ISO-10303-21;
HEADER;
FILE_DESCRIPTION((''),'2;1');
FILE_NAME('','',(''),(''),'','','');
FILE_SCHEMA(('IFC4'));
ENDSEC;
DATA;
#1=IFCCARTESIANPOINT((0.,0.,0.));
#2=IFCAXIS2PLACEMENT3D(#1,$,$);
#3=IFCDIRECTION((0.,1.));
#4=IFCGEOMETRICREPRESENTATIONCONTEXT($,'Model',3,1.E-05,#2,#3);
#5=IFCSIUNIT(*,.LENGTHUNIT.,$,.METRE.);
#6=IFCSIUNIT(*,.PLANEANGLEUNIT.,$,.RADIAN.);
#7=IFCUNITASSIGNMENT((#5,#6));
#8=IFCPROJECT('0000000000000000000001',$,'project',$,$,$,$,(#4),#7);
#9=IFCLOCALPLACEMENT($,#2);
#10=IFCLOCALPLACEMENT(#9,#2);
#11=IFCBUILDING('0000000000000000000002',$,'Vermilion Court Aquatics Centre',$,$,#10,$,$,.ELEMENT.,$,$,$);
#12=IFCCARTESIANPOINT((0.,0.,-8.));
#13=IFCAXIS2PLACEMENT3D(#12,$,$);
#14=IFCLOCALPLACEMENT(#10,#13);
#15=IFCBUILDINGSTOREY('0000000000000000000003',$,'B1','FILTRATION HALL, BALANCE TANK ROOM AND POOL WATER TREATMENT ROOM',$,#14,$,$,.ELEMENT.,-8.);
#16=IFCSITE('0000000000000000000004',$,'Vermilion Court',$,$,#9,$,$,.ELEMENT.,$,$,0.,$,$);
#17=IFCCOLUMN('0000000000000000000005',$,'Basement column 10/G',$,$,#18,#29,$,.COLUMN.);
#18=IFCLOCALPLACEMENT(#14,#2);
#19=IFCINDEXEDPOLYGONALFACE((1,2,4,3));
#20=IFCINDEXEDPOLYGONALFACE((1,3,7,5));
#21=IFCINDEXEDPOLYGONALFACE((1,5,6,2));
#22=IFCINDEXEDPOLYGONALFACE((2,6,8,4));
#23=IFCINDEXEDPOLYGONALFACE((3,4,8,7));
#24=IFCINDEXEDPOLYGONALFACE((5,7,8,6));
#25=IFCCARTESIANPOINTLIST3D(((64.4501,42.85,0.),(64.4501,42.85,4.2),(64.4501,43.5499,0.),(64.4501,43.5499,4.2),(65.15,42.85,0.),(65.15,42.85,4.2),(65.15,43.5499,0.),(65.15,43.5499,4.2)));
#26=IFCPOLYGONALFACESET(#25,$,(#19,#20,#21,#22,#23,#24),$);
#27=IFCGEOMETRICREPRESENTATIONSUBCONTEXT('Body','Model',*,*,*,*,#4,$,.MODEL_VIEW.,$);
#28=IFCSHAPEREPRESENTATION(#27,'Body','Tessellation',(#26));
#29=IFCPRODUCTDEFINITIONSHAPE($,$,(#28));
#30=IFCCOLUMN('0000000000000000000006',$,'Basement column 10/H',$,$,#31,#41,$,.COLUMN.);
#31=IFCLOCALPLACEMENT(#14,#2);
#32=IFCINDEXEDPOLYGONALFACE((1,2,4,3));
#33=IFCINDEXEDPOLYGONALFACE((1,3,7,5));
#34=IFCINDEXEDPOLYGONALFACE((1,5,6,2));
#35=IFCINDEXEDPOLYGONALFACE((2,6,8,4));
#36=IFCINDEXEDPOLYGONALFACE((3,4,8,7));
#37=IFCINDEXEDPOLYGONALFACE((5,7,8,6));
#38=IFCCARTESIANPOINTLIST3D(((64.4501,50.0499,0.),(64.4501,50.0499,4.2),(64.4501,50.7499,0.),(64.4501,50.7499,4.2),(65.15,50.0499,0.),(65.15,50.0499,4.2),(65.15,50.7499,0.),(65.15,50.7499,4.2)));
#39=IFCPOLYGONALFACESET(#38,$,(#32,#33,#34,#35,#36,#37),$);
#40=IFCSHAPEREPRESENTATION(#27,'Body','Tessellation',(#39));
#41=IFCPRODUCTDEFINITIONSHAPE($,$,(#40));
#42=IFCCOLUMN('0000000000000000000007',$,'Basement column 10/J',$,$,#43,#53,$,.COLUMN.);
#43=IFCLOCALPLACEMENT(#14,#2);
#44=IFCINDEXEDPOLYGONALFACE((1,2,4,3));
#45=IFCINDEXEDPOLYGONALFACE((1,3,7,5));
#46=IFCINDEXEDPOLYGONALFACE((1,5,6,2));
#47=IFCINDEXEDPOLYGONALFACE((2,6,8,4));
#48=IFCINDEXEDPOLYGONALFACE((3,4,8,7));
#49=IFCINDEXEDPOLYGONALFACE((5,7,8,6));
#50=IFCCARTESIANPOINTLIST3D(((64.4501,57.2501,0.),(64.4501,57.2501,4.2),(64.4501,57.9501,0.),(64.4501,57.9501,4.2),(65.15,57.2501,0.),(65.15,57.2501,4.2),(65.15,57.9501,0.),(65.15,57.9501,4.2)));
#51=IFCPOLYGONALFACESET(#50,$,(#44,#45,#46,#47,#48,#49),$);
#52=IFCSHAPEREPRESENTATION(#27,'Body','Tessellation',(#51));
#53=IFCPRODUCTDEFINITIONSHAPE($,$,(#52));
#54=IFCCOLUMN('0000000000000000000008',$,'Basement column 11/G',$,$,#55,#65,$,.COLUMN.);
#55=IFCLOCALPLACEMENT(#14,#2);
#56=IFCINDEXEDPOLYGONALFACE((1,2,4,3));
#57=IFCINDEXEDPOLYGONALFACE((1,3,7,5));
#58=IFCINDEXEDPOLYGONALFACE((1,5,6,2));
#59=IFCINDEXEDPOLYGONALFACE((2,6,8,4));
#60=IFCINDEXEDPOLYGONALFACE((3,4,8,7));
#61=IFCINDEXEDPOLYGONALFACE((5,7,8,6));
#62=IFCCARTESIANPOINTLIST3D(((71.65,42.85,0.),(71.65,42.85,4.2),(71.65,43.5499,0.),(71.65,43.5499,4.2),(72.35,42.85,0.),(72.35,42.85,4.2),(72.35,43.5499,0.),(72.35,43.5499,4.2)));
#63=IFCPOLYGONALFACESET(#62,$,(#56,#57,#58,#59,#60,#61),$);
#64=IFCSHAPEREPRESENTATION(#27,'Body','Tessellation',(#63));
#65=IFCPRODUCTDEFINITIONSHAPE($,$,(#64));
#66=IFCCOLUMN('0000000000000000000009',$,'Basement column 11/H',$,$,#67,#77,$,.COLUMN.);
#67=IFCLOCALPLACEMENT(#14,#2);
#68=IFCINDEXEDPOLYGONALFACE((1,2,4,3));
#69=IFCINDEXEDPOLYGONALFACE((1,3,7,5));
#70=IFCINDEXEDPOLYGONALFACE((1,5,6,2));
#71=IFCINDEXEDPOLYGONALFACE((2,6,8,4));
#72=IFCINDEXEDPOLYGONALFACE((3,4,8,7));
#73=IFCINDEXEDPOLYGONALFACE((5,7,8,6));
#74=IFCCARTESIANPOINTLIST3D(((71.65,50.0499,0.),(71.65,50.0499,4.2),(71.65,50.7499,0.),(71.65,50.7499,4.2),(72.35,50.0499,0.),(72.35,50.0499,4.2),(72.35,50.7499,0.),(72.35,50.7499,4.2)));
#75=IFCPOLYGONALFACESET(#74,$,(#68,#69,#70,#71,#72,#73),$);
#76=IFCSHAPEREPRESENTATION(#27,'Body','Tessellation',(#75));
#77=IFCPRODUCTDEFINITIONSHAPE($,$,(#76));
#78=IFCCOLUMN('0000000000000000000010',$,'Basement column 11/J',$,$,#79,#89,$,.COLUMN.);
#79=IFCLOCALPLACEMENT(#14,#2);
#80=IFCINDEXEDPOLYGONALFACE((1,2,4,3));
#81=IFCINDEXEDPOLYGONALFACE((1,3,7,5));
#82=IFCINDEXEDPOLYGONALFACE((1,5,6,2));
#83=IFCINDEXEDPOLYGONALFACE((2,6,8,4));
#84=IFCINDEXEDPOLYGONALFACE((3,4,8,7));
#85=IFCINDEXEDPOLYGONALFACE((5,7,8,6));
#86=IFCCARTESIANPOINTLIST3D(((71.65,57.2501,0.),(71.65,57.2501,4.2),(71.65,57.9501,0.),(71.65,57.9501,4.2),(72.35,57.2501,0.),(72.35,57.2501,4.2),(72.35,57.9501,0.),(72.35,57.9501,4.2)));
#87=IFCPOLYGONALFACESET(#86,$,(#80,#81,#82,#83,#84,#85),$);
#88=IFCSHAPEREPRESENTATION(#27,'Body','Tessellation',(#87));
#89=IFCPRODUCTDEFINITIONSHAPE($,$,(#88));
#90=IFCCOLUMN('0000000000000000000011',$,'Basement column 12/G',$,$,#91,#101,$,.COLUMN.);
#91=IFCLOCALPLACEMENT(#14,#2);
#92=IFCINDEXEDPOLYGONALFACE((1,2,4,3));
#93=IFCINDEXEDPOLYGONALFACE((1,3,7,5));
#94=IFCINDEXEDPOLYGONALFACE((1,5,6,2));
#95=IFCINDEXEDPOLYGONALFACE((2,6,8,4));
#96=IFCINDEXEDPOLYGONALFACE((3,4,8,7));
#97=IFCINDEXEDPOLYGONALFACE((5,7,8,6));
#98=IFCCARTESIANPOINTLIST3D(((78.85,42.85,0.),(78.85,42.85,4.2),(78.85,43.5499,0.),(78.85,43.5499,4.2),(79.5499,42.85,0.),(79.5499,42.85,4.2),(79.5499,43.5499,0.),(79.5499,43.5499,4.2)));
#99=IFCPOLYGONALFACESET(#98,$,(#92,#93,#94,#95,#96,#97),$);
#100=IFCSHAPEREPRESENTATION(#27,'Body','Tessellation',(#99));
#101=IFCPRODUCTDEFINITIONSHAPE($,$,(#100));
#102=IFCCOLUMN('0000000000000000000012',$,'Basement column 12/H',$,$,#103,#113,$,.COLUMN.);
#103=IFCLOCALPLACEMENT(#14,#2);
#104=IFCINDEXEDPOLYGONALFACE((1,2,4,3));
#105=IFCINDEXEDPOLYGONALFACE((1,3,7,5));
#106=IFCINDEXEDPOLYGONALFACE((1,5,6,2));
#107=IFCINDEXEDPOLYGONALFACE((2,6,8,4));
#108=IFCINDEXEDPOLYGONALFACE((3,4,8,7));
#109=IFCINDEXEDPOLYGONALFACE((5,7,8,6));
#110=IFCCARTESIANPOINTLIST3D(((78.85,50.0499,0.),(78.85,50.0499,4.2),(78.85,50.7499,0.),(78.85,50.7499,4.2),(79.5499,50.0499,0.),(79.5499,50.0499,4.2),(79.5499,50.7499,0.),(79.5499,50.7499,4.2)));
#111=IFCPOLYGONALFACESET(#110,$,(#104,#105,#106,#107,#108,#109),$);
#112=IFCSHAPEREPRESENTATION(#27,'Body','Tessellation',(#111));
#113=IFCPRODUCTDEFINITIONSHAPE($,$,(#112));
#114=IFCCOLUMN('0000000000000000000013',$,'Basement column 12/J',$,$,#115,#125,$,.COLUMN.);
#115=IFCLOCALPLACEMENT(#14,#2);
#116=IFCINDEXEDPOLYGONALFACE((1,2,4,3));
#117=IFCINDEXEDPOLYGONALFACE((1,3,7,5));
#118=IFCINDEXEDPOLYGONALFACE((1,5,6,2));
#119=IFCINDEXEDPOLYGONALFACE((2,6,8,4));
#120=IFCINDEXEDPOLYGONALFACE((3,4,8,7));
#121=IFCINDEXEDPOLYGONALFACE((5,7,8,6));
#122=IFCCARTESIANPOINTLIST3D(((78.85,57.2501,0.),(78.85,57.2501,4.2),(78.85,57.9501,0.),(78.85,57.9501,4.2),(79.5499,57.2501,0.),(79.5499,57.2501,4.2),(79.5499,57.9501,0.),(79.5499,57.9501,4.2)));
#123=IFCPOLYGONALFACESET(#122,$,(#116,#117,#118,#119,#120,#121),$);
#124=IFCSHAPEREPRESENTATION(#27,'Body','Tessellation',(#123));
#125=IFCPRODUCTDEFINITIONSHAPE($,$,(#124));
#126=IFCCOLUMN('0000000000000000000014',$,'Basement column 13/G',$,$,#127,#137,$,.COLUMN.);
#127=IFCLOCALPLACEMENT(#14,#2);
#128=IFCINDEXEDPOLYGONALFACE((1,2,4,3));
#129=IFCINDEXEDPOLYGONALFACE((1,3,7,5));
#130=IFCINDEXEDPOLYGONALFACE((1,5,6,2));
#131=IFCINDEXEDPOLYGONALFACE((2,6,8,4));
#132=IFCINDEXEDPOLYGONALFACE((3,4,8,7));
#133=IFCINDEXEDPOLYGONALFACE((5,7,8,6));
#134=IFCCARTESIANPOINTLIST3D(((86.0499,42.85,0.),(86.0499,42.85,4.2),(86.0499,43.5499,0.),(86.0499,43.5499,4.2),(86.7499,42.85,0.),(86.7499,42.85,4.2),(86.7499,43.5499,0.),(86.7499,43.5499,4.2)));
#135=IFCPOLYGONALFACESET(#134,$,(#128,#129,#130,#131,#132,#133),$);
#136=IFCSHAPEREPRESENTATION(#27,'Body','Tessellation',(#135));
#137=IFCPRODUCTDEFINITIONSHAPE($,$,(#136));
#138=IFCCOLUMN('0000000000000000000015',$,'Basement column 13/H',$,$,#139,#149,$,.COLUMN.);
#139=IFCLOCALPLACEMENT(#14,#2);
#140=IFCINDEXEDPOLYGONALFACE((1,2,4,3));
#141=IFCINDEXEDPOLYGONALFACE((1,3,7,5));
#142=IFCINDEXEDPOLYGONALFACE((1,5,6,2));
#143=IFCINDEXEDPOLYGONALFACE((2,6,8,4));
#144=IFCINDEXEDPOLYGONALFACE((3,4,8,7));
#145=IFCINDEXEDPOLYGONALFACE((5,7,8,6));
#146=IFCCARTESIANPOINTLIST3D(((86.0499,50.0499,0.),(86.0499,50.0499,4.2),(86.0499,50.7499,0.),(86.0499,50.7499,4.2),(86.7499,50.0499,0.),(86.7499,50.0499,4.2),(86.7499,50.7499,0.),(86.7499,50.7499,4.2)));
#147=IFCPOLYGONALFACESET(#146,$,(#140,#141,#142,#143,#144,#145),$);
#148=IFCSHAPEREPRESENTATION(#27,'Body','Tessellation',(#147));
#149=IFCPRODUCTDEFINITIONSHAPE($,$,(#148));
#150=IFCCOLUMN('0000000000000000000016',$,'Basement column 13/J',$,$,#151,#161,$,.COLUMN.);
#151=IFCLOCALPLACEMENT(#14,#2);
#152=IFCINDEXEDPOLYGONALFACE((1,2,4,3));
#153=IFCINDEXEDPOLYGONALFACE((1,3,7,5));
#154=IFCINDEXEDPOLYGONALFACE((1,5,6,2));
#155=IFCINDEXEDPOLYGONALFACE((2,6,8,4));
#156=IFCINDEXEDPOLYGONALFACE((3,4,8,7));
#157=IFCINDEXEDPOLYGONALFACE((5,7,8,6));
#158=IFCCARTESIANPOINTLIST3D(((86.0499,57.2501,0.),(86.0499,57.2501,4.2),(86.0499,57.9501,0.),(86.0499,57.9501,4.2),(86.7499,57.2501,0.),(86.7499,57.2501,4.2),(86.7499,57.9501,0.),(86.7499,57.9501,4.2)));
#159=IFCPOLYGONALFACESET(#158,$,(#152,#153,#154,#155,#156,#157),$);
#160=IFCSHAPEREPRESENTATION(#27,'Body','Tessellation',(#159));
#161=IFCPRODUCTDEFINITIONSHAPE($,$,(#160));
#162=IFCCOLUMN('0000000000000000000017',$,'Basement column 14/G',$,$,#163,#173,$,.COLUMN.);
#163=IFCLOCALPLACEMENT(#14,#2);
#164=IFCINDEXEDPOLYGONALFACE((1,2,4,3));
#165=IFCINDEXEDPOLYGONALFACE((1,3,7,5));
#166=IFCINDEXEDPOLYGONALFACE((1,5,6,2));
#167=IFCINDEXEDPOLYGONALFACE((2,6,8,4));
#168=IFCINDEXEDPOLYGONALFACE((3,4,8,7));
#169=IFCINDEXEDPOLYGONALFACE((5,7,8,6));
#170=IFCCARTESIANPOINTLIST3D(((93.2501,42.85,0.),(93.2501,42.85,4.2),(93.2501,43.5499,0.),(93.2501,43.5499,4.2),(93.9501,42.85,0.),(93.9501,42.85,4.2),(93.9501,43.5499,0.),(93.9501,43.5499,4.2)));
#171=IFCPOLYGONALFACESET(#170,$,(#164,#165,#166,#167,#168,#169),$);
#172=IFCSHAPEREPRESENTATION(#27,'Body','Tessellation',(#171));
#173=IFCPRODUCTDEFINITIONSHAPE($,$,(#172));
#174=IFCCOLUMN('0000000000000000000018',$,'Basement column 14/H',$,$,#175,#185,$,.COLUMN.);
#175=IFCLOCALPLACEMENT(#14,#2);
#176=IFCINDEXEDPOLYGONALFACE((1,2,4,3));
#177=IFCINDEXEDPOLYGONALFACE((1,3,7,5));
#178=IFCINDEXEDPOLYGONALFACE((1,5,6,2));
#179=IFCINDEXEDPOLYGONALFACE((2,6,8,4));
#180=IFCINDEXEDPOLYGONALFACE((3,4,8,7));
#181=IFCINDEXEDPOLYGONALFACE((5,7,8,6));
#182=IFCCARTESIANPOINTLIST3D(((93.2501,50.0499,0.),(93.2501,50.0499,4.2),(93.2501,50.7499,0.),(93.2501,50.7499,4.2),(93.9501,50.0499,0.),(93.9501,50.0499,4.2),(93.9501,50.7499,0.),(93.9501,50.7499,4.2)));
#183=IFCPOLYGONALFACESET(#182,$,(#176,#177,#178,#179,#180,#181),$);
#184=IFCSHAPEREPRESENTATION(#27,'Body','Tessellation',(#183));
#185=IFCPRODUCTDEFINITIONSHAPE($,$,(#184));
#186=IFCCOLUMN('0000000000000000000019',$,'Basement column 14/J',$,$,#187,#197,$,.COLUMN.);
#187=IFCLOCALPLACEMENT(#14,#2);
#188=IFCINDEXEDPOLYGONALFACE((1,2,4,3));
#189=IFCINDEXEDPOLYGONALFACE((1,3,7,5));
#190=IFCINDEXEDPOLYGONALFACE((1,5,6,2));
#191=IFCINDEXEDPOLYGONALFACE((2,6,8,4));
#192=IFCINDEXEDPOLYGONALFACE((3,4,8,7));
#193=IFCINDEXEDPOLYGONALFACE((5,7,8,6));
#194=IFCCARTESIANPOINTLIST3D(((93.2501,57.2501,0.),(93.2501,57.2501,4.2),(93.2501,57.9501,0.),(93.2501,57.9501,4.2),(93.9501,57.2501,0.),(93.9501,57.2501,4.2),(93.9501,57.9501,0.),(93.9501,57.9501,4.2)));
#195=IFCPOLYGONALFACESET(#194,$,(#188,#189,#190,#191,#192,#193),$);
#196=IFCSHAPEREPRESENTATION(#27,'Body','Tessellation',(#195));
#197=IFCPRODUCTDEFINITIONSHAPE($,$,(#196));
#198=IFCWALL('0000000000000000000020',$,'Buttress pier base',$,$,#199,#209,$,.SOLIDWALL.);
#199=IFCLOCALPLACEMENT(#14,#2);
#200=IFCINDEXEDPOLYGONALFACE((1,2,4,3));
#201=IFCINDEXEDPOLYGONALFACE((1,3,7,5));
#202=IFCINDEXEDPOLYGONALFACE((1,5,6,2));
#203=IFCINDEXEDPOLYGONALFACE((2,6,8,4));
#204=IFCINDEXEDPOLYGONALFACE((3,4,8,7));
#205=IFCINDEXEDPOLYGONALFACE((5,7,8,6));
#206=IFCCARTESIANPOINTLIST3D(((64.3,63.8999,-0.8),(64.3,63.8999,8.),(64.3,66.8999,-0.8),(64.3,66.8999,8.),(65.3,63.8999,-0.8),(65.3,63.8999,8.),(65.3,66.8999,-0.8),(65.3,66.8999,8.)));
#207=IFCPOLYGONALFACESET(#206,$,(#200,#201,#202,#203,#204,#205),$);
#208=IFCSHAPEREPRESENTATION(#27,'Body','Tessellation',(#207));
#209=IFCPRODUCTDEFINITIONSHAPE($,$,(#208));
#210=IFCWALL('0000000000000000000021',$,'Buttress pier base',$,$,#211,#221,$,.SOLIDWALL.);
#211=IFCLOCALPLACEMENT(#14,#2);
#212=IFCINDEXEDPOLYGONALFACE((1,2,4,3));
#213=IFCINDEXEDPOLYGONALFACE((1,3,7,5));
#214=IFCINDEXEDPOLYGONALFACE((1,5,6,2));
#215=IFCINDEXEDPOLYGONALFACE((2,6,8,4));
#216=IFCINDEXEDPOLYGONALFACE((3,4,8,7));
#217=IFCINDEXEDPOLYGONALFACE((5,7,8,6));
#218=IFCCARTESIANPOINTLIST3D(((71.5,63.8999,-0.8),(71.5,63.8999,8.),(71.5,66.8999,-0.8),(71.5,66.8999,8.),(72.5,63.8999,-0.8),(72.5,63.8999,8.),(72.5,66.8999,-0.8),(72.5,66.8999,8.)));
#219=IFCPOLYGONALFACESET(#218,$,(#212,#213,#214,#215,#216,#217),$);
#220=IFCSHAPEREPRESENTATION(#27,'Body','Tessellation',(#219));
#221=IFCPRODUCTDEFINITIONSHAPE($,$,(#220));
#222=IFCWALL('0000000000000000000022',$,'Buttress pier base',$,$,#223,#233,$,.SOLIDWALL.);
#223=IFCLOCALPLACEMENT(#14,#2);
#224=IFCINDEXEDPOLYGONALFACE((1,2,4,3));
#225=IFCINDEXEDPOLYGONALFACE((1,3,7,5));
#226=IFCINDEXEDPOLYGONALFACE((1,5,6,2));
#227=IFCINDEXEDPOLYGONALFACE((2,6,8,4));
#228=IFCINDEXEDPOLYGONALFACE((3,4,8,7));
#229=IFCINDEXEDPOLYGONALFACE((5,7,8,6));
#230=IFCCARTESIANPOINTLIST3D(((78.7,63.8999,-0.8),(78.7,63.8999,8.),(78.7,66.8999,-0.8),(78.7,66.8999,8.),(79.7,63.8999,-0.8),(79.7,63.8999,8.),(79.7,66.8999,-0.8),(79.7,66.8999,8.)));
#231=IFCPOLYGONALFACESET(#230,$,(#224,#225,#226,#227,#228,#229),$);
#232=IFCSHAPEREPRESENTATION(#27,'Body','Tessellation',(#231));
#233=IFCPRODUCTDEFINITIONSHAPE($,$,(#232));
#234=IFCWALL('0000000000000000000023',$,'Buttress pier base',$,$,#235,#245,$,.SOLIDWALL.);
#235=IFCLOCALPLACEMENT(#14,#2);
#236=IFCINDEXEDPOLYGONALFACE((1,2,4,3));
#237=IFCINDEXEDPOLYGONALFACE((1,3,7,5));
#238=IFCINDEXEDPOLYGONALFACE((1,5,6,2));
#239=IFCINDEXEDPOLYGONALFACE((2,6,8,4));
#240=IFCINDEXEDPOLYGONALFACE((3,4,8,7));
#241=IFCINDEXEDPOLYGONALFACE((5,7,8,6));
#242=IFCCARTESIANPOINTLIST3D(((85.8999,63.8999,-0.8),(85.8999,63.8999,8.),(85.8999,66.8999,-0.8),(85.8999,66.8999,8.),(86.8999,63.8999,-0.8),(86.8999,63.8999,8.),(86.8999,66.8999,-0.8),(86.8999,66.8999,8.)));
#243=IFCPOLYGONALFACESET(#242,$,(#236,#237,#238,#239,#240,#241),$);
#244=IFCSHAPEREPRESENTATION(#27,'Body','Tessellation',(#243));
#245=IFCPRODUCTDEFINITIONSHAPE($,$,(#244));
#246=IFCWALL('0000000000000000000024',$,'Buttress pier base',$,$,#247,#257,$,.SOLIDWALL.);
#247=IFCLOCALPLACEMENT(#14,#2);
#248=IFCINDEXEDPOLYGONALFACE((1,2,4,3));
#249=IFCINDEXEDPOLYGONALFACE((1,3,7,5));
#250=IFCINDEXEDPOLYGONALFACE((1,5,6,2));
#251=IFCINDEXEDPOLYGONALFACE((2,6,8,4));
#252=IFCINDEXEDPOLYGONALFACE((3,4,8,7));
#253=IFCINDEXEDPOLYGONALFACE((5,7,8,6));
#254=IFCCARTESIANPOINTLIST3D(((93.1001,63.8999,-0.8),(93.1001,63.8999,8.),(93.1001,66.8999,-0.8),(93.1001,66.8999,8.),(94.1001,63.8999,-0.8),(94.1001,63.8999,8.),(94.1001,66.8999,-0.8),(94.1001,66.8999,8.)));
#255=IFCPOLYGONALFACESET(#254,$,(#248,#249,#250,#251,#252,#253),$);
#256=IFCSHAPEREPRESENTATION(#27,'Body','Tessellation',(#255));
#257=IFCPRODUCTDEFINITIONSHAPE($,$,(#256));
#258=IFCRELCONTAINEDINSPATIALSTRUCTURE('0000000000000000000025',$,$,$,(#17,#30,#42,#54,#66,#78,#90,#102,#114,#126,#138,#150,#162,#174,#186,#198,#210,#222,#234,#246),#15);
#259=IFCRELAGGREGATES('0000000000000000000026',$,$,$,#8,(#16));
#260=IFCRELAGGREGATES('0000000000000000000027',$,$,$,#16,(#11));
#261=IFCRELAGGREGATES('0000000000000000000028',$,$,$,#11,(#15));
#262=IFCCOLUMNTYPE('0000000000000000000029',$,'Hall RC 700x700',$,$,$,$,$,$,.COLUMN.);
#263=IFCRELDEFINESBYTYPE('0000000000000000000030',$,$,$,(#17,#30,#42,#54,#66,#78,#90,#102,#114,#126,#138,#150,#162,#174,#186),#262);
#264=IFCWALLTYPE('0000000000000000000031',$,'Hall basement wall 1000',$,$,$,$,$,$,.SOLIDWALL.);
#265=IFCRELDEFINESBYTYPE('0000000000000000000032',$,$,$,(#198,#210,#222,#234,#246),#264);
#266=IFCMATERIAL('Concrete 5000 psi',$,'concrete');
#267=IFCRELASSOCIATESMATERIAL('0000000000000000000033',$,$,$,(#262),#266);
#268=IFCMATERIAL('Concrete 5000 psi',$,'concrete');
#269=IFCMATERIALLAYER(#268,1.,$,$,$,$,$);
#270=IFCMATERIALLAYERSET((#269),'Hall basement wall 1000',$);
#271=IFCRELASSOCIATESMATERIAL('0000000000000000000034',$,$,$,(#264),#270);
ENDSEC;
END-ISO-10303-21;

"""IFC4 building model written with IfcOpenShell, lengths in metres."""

from ifc_helpers import new_model, si_unit, direction, frame, frame_2d, origin, origin_2d, place, context, subcontext, project, spatial, rectangle, extrude, material, layer, layer_set, material_profile, profile_set, type_object, element, save


model = new_model("IFC4")

# Units and contexts
model_context = context("Model", 3, precision=1e-05, world=origin(), true_north=direction((0.0, 1.0)))
body_context = subcontext(model_context, "Body", "Model", "MODEL_VIEW")
ifc_project = project(units=[si_unit("LENGTHUNIT", "METRE"), si_unit("PLANEANGLEUNIT", "RADIAN")], contexts=[model_context])

# Site, building, storey
site_placement = place(None, origin())
site = spatial("IfcSite", under=ifc_project, at=site_placement, Name="Vermilion Court", CompositionType="ELEMENT", RefElevation=0.0)
building_placement = place(site_placement, origin())
building = spatial("IfcBuilding", under=site, at=building_placement, Name="Vermilion Court Aquatics Centre", CompositionType="ELEMENT")
storey_placement = place(building_placement, frame((0.0, 0.0, -8.0)))
storey = spatial("IfcBuildingStorey", under=building, at=storey_placement, Name="B1", Description="FILTRATION HALL, BALANCE TANK ROOM AND POOL WATER TREATMENT ROOM", CompositionType="ELEMENT", Elevation=-8.0)

# Columns
ifc_material_1 = material(Name="Concrete 5000 psi", Category="concrete")
ifc_material_profile = material_profile(ifc_material_1, rectangle(XDim=0.7, YDim=0.7, at=origin_2d()), Name="RC 700x700")
ifc_profile_set = profile_set([ifc_material_profile], Name="Concrete 5000 psi")
column_type = type_object("IfcColumnType", Name="Hall RC 700x700", PredefinedType="COLUMN", material=ifc_profile_set)
for number, where, z_axis, x_axis, name in (
    (1, (64.8, 43.2, 0.0), (0.0, 0.0, 1.0), (1.0, 0.0, 0.0), "Basement column 10/G"),
    (2, (64.8, 50.3999, 0.0), (0.0, 0.0, 1.0), (1.0, 0.0, 0.0), "Basement column 10/H"),
    (3, (64.8, 57.6001, 0.0), (0.0, 0.0, 1.0), (1.0, 0.0, 0.0), "Basement column 10/J"),
    (4, (72.0, 43.2, 0.0), (0.0, 0.0, 1.0), (1.0, 0.0, 0.0), "Basement column 11/G"),
    (5, (72.0, 50.3999, 0.0), (0.0, 0.0, 1.0), (1.0, 0.0, 0.0), "Basement column 11/H"),
    (6, (72.0, 57.6001, 0.0), (0.0, 0.0, 1.0), (1.0, 0.0, 0.0), "Basement column 11/J"),
    (7, (79.2, 43.2, 0.0), (0.0, 0.0, 1.0), (1.0, 0.0, 0.0), "Basement column 12/G"),
    (8, (79.2, 50.3999, 0.0), (0.0, 0.0, 1.0), (1.0, 0.0, 0.0), "Basement column 12/H"),
    (9, (79.2, 57.6001, 0.0), (0.0, 0.0, 1.0), (1.0, 0.0, 0.0), "Basement column 12/J"),
    (10, (86.3999, 43.2, 0.0), (0.0, 0.0, 1.0), (1.0, 0.0, 0.0), "Basement column 13/G"),
    (11, (86.3999, 50.3999, 0.0), (0.0, 0.0, 1.0), (1.0, 0.0, 0.0), "Basement column 13/H"),
    (12, (86.3999, 57.6001, 0.0), (0.0, 0.0, 1.0), (1.0, 0.0, 0.0), "Basement column 13/J"),
    (13, (93.6001, 43.2, 0.0), (0.0, 0.0, 1.0), (1.0, 0.0, 0.0), "Basement column 14/G"),
    (14, (93.6001, 50.3999, 0.0), (0.0, 0.0, 1.0), (1.0, 0.0, 0.0), "Basement column 14/H"),
    (15, (93.6001, 57.6001, 0.0), (0.0, 0.0, 1.0), (1.0, 0.0, 0.0), "Basement column 14/J"),
):
    element("IfcColumn", number, at=place(storey_placement, frame(where, z_axis=z_axis, x_axis=x_axis)), inside=storey, type_object=column_type, Name=name, PredefinedType="COLUMN", context=body_context, shape_type="SweptSolid", body=[
        extrude(rectangle(XDim=0.7, YDim=0.7, at=origin_2d()), origin(), (0.0, 0.0, 1.0), 4.2),
    ])

# Walls
ifc_material_2 = material(Name="Concrete 5000 psi", Category="concrete")
ifc_layer_1 = layer(ifc_material_2, 1.0)
ifc_layer_set_1 = layer_set([ifc_layer_1], Name="Hall basement wall 1000")
wall_type_1 = type_object("IfcWallType", Name="Hall basement wall 1000", PredefinedType="SOLIDWALL", material=ifc_layer_set_1)
for number, where, z_axis, x_axis, name in (
    (16, (64.8, 63.8999, -0.8), (0.0, 0.0, 1.0), (0.0, 1.0, 0.0), "Buttress pier base"),
    (17, (72.0, 63.8999, -0.8), (0.0, 0.0, 1.0), (0.0, 1.0, 0.0), "Buttress pier base"),
    (18, (79.2, 63.8999, -0.8), (0.0, 0.0, 1.0), (0.0, 1.0, 0.0), "Buttress pier base"),
    (19, (86.3999, 63.8999, -0.8), (0.0, 0.0, 1.0), (0.0, 1.0, 0.0), "Buttress pier base"),
    (20, (93.6001, 63.8999, -0.8), (0.0, 0.0, 1.0), (0.0, 1.0, 0.0), "Buttress pier base"),
):
    element("IfcWall", number, at=place(storey_placement, frame(where, z_axis=z_axis, x_axis=x_axis)), inside=storey, type_object=wall_type_1, Name=name, PredefinedType="SOLIDWALL", context=body_context, shape_type="SweptSolid", body=[
        extrude(rectangle(XDim=3.0, YDim=1.0, at=frame_2d((1.5, 0.0))), origin(), (0.0, 0.0, 1.0), 8.8),
    ])

save(model, "model.ifc")
